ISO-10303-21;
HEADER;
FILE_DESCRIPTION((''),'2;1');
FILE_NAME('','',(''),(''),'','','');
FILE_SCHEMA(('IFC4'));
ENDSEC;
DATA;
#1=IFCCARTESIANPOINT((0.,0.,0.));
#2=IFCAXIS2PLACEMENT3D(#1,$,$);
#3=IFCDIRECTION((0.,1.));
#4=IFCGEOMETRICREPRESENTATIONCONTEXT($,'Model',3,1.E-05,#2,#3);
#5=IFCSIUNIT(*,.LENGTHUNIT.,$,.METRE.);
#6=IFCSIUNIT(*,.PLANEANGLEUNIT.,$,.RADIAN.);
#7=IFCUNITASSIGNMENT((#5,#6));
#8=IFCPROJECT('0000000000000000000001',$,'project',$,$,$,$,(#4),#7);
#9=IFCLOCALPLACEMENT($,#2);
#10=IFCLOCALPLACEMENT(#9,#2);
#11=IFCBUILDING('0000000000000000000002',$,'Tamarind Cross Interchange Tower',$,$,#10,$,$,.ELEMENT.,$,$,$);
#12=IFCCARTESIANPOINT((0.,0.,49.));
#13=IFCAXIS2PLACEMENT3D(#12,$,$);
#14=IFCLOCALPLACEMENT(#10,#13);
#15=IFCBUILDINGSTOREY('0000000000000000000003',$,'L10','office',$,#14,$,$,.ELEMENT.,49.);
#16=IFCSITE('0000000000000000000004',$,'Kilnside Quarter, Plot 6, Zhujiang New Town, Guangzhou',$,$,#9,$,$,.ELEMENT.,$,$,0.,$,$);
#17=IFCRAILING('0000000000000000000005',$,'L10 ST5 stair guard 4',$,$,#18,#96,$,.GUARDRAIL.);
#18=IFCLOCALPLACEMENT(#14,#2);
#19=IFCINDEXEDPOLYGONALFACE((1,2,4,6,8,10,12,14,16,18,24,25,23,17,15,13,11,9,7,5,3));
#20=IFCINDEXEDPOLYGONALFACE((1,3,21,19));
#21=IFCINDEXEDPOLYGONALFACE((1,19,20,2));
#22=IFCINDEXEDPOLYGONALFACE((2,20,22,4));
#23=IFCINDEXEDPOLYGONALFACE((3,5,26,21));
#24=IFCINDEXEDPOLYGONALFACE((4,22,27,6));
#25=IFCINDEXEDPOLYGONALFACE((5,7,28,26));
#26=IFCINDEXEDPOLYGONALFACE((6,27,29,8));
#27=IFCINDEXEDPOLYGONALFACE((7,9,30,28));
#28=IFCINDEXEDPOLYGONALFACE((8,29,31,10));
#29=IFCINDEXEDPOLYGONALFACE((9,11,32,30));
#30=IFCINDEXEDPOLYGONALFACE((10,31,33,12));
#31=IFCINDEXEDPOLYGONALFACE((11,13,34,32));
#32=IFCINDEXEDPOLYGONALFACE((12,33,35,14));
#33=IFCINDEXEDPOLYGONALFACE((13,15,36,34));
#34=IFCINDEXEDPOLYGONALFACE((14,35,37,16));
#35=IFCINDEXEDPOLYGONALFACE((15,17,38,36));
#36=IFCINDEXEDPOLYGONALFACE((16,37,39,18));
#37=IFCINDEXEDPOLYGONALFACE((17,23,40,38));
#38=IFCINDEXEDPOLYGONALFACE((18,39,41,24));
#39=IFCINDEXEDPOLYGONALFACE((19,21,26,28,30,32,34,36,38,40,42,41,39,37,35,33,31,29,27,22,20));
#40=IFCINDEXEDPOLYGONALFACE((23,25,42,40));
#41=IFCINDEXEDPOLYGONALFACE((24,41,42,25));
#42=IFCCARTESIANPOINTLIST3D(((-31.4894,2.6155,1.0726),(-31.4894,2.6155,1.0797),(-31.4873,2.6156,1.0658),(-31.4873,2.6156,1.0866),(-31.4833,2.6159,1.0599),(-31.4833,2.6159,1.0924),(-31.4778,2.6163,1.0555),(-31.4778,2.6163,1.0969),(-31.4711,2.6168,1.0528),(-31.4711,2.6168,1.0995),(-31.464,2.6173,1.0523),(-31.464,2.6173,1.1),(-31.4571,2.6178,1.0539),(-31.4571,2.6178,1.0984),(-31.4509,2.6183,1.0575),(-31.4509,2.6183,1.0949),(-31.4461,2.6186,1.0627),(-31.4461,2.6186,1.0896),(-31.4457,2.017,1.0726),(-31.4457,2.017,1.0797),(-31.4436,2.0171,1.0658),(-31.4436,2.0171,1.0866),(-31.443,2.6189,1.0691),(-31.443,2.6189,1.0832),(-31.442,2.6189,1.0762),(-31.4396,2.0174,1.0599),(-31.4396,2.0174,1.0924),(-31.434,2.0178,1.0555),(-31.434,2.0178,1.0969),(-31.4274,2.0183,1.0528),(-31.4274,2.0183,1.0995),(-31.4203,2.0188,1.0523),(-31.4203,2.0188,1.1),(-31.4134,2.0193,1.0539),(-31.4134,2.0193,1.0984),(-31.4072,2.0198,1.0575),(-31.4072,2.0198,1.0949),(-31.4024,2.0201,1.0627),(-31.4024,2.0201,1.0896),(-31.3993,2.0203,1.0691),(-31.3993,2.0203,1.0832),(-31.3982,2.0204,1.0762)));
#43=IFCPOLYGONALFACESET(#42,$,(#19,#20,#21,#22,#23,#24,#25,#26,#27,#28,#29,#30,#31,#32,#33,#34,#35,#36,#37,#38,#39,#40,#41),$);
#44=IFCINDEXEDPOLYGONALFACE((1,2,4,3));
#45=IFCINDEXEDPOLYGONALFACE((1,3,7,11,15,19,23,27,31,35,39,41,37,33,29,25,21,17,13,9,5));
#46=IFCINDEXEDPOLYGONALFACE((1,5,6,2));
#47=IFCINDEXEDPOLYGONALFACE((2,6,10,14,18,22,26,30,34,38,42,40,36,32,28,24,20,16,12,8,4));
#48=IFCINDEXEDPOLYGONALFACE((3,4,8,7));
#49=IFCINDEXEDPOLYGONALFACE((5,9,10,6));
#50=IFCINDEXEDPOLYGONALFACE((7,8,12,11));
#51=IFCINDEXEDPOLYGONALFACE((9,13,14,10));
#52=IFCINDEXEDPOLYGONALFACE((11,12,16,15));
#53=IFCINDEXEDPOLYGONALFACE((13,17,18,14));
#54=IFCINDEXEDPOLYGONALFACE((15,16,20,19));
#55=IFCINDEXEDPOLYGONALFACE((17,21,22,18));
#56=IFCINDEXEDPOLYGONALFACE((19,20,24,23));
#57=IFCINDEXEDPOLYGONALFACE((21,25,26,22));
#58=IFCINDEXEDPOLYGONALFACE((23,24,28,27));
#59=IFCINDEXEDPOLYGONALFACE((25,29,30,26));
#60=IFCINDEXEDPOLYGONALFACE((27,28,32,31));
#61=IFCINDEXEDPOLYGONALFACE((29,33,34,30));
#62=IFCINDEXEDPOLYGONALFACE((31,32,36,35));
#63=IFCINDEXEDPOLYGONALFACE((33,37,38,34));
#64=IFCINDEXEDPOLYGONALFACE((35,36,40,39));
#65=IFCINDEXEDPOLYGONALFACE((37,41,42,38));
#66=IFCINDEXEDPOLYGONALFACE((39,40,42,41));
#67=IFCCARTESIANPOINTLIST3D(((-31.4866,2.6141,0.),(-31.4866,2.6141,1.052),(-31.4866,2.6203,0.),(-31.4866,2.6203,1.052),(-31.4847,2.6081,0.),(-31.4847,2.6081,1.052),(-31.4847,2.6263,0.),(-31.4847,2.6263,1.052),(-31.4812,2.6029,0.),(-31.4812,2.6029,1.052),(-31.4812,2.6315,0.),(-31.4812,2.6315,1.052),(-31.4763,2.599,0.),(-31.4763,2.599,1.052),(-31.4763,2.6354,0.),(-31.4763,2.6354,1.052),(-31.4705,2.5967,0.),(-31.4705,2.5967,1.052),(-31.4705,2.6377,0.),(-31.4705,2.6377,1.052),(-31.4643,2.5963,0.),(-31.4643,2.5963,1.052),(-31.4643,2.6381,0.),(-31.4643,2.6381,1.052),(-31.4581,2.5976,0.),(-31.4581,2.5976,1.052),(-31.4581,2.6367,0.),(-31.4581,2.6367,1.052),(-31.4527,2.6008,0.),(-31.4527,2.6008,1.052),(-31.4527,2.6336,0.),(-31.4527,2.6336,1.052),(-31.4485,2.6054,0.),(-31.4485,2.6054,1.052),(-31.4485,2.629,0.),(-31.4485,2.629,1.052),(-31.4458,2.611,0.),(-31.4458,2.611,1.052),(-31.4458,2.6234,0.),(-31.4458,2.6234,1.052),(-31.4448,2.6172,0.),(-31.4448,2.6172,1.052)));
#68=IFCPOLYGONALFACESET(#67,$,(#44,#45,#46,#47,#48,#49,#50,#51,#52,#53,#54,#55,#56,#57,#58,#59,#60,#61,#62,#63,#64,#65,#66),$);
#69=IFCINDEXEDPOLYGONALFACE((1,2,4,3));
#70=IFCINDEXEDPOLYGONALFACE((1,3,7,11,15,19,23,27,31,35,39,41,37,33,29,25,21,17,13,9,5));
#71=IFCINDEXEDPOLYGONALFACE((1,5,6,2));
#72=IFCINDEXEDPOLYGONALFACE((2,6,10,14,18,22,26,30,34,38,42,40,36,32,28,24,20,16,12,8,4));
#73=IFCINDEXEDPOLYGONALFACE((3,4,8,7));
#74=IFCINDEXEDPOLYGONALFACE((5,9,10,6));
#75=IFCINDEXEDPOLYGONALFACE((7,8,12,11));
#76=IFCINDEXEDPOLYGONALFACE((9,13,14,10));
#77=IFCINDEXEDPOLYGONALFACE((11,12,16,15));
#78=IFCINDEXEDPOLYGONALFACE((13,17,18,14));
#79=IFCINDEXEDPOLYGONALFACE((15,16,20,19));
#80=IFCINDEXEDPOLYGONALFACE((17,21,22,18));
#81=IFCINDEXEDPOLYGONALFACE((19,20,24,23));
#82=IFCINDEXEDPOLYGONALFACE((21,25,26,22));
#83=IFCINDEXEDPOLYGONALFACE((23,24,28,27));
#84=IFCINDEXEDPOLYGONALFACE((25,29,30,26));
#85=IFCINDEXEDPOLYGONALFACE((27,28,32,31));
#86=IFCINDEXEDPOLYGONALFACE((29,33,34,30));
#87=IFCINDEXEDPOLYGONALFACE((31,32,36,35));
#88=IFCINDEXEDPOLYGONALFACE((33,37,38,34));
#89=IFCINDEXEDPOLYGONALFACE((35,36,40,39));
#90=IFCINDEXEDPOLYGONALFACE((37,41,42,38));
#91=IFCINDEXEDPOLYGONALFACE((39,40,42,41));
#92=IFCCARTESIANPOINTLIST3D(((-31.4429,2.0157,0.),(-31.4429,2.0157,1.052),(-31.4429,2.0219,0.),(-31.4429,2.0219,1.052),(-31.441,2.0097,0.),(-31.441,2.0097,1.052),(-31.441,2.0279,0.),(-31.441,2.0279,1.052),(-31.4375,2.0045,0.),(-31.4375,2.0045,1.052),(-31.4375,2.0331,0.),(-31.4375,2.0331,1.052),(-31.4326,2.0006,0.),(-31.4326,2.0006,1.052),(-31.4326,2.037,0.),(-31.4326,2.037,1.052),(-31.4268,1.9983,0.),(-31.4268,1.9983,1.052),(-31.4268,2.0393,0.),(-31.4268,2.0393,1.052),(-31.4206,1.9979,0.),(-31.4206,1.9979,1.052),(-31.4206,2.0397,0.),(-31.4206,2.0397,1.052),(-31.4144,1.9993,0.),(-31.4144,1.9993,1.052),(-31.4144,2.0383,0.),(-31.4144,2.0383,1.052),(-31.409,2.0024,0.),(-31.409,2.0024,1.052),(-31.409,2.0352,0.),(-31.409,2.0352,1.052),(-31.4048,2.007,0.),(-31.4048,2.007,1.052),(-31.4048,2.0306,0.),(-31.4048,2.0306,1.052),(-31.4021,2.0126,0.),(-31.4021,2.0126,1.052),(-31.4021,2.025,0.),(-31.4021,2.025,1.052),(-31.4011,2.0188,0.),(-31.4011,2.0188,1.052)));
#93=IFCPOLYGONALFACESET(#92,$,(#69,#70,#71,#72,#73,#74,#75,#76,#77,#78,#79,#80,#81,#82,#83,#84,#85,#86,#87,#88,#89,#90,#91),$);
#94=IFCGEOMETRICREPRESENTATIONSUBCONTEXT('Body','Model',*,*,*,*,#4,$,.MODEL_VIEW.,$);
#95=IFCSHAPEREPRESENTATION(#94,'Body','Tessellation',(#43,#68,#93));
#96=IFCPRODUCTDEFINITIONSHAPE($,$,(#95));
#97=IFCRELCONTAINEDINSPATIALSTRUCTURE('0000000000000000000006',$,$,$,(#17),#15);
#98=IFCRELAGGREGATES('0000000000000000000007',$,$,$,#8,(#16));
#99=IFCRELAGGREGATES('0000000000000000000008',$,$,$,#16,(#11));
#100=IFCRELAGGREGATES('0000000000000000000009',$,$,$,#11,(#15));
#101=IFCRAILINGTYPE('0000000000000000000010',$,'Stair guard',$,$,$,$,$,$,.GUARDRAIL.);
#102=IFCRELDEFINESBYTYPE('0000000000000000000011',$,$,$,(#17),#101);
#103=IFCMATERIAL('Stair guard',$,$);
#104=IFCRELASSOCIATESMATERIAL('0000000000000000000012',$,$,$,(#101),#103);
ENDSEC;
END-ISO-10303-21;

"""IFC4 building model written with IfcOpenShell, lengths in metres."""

from ifc_helpers import new_model, si_unit, direction, frame, origin, origin_2d, place, context, subcontext, project, spatial, circle, extrude, material, type_object, element, save


model = new_model("IFC4")

# Units and contexts
model_context = context("Model", 3, precision=1e-05, world=origin(), true_north=direction((0.0, 1.0)))
body_context = subcontext(model_context, "Body", "Model", "MODEL_VIEW")
ifc_project = project(units=[si_unit("LENGTHUNIT", "METRE"), si_unit("PLANEANGLEUNIT", "RADIAN")], contexts=[model_context])

# Site, building, storey
site_placement = place(None, origin())
site = spatial("IfcSite", under=ifc_project, at=site_placement, Name="Kilnside Quarter, Plot 6, Zhujiang New Town, Guangzhou", CompositionType="ELEMENT", RefElevation=0.0)
building_placement = place(site_placement, origin())
building = spatial("IfcBuilding", under=site, at=building_placement, Name="Tamarind Cross Interchange Tower", CompositionType="ELEMENT")
storey_placement = place(building_placement, frame((0.0, 0.0, 49.0)))
storey = spatial("IfcBuildingStorey", under=building, at=storey_placement, Name="L10", Description="office", CompositionType="ELEMENT", Elevation=49.0)

# Railing
ifc_material_1 = material(Name="Stair guard")
railing_type_1 = type_object("IfcRailingType", Name="Stair guard", PredefinedType="GUARDRAIL", material=ifc_material_1)
railing_1_placement = place(storey_placement, frame((-31.4658, 2.6172, 0.0)))
element("IfcRailing", 1, at=railing_1_placement, inside=storey, type_object=railing_type_1, Name="L10 ST5 stair guard 4", PredefinedType="GUARDRAIL", context=body_context, shape_type="SweptSolid", body=[
    extrude(circle(Radius=0.0239, at=origin_2d()), frame((0.0, 0.0, 1.0762), z_axis=(0.072837, -0.997344, 0.0), x_axis=(0.997344, 0.072837, 0.0)), (0.0, 0.0, 1.0), 0.6001),
    extrude(circle(Radius=0.021, at=origin_2d()), origin(), (0.0, 0.0, 1.0), 1.052),
    extrude(circle(Radius=0.021, at=origin_2d()), frame((0.0437, -0.5984, 0.0)), (0.0, 0.0, 1.0), 1.052),
])

save(model, "model.ifc")
